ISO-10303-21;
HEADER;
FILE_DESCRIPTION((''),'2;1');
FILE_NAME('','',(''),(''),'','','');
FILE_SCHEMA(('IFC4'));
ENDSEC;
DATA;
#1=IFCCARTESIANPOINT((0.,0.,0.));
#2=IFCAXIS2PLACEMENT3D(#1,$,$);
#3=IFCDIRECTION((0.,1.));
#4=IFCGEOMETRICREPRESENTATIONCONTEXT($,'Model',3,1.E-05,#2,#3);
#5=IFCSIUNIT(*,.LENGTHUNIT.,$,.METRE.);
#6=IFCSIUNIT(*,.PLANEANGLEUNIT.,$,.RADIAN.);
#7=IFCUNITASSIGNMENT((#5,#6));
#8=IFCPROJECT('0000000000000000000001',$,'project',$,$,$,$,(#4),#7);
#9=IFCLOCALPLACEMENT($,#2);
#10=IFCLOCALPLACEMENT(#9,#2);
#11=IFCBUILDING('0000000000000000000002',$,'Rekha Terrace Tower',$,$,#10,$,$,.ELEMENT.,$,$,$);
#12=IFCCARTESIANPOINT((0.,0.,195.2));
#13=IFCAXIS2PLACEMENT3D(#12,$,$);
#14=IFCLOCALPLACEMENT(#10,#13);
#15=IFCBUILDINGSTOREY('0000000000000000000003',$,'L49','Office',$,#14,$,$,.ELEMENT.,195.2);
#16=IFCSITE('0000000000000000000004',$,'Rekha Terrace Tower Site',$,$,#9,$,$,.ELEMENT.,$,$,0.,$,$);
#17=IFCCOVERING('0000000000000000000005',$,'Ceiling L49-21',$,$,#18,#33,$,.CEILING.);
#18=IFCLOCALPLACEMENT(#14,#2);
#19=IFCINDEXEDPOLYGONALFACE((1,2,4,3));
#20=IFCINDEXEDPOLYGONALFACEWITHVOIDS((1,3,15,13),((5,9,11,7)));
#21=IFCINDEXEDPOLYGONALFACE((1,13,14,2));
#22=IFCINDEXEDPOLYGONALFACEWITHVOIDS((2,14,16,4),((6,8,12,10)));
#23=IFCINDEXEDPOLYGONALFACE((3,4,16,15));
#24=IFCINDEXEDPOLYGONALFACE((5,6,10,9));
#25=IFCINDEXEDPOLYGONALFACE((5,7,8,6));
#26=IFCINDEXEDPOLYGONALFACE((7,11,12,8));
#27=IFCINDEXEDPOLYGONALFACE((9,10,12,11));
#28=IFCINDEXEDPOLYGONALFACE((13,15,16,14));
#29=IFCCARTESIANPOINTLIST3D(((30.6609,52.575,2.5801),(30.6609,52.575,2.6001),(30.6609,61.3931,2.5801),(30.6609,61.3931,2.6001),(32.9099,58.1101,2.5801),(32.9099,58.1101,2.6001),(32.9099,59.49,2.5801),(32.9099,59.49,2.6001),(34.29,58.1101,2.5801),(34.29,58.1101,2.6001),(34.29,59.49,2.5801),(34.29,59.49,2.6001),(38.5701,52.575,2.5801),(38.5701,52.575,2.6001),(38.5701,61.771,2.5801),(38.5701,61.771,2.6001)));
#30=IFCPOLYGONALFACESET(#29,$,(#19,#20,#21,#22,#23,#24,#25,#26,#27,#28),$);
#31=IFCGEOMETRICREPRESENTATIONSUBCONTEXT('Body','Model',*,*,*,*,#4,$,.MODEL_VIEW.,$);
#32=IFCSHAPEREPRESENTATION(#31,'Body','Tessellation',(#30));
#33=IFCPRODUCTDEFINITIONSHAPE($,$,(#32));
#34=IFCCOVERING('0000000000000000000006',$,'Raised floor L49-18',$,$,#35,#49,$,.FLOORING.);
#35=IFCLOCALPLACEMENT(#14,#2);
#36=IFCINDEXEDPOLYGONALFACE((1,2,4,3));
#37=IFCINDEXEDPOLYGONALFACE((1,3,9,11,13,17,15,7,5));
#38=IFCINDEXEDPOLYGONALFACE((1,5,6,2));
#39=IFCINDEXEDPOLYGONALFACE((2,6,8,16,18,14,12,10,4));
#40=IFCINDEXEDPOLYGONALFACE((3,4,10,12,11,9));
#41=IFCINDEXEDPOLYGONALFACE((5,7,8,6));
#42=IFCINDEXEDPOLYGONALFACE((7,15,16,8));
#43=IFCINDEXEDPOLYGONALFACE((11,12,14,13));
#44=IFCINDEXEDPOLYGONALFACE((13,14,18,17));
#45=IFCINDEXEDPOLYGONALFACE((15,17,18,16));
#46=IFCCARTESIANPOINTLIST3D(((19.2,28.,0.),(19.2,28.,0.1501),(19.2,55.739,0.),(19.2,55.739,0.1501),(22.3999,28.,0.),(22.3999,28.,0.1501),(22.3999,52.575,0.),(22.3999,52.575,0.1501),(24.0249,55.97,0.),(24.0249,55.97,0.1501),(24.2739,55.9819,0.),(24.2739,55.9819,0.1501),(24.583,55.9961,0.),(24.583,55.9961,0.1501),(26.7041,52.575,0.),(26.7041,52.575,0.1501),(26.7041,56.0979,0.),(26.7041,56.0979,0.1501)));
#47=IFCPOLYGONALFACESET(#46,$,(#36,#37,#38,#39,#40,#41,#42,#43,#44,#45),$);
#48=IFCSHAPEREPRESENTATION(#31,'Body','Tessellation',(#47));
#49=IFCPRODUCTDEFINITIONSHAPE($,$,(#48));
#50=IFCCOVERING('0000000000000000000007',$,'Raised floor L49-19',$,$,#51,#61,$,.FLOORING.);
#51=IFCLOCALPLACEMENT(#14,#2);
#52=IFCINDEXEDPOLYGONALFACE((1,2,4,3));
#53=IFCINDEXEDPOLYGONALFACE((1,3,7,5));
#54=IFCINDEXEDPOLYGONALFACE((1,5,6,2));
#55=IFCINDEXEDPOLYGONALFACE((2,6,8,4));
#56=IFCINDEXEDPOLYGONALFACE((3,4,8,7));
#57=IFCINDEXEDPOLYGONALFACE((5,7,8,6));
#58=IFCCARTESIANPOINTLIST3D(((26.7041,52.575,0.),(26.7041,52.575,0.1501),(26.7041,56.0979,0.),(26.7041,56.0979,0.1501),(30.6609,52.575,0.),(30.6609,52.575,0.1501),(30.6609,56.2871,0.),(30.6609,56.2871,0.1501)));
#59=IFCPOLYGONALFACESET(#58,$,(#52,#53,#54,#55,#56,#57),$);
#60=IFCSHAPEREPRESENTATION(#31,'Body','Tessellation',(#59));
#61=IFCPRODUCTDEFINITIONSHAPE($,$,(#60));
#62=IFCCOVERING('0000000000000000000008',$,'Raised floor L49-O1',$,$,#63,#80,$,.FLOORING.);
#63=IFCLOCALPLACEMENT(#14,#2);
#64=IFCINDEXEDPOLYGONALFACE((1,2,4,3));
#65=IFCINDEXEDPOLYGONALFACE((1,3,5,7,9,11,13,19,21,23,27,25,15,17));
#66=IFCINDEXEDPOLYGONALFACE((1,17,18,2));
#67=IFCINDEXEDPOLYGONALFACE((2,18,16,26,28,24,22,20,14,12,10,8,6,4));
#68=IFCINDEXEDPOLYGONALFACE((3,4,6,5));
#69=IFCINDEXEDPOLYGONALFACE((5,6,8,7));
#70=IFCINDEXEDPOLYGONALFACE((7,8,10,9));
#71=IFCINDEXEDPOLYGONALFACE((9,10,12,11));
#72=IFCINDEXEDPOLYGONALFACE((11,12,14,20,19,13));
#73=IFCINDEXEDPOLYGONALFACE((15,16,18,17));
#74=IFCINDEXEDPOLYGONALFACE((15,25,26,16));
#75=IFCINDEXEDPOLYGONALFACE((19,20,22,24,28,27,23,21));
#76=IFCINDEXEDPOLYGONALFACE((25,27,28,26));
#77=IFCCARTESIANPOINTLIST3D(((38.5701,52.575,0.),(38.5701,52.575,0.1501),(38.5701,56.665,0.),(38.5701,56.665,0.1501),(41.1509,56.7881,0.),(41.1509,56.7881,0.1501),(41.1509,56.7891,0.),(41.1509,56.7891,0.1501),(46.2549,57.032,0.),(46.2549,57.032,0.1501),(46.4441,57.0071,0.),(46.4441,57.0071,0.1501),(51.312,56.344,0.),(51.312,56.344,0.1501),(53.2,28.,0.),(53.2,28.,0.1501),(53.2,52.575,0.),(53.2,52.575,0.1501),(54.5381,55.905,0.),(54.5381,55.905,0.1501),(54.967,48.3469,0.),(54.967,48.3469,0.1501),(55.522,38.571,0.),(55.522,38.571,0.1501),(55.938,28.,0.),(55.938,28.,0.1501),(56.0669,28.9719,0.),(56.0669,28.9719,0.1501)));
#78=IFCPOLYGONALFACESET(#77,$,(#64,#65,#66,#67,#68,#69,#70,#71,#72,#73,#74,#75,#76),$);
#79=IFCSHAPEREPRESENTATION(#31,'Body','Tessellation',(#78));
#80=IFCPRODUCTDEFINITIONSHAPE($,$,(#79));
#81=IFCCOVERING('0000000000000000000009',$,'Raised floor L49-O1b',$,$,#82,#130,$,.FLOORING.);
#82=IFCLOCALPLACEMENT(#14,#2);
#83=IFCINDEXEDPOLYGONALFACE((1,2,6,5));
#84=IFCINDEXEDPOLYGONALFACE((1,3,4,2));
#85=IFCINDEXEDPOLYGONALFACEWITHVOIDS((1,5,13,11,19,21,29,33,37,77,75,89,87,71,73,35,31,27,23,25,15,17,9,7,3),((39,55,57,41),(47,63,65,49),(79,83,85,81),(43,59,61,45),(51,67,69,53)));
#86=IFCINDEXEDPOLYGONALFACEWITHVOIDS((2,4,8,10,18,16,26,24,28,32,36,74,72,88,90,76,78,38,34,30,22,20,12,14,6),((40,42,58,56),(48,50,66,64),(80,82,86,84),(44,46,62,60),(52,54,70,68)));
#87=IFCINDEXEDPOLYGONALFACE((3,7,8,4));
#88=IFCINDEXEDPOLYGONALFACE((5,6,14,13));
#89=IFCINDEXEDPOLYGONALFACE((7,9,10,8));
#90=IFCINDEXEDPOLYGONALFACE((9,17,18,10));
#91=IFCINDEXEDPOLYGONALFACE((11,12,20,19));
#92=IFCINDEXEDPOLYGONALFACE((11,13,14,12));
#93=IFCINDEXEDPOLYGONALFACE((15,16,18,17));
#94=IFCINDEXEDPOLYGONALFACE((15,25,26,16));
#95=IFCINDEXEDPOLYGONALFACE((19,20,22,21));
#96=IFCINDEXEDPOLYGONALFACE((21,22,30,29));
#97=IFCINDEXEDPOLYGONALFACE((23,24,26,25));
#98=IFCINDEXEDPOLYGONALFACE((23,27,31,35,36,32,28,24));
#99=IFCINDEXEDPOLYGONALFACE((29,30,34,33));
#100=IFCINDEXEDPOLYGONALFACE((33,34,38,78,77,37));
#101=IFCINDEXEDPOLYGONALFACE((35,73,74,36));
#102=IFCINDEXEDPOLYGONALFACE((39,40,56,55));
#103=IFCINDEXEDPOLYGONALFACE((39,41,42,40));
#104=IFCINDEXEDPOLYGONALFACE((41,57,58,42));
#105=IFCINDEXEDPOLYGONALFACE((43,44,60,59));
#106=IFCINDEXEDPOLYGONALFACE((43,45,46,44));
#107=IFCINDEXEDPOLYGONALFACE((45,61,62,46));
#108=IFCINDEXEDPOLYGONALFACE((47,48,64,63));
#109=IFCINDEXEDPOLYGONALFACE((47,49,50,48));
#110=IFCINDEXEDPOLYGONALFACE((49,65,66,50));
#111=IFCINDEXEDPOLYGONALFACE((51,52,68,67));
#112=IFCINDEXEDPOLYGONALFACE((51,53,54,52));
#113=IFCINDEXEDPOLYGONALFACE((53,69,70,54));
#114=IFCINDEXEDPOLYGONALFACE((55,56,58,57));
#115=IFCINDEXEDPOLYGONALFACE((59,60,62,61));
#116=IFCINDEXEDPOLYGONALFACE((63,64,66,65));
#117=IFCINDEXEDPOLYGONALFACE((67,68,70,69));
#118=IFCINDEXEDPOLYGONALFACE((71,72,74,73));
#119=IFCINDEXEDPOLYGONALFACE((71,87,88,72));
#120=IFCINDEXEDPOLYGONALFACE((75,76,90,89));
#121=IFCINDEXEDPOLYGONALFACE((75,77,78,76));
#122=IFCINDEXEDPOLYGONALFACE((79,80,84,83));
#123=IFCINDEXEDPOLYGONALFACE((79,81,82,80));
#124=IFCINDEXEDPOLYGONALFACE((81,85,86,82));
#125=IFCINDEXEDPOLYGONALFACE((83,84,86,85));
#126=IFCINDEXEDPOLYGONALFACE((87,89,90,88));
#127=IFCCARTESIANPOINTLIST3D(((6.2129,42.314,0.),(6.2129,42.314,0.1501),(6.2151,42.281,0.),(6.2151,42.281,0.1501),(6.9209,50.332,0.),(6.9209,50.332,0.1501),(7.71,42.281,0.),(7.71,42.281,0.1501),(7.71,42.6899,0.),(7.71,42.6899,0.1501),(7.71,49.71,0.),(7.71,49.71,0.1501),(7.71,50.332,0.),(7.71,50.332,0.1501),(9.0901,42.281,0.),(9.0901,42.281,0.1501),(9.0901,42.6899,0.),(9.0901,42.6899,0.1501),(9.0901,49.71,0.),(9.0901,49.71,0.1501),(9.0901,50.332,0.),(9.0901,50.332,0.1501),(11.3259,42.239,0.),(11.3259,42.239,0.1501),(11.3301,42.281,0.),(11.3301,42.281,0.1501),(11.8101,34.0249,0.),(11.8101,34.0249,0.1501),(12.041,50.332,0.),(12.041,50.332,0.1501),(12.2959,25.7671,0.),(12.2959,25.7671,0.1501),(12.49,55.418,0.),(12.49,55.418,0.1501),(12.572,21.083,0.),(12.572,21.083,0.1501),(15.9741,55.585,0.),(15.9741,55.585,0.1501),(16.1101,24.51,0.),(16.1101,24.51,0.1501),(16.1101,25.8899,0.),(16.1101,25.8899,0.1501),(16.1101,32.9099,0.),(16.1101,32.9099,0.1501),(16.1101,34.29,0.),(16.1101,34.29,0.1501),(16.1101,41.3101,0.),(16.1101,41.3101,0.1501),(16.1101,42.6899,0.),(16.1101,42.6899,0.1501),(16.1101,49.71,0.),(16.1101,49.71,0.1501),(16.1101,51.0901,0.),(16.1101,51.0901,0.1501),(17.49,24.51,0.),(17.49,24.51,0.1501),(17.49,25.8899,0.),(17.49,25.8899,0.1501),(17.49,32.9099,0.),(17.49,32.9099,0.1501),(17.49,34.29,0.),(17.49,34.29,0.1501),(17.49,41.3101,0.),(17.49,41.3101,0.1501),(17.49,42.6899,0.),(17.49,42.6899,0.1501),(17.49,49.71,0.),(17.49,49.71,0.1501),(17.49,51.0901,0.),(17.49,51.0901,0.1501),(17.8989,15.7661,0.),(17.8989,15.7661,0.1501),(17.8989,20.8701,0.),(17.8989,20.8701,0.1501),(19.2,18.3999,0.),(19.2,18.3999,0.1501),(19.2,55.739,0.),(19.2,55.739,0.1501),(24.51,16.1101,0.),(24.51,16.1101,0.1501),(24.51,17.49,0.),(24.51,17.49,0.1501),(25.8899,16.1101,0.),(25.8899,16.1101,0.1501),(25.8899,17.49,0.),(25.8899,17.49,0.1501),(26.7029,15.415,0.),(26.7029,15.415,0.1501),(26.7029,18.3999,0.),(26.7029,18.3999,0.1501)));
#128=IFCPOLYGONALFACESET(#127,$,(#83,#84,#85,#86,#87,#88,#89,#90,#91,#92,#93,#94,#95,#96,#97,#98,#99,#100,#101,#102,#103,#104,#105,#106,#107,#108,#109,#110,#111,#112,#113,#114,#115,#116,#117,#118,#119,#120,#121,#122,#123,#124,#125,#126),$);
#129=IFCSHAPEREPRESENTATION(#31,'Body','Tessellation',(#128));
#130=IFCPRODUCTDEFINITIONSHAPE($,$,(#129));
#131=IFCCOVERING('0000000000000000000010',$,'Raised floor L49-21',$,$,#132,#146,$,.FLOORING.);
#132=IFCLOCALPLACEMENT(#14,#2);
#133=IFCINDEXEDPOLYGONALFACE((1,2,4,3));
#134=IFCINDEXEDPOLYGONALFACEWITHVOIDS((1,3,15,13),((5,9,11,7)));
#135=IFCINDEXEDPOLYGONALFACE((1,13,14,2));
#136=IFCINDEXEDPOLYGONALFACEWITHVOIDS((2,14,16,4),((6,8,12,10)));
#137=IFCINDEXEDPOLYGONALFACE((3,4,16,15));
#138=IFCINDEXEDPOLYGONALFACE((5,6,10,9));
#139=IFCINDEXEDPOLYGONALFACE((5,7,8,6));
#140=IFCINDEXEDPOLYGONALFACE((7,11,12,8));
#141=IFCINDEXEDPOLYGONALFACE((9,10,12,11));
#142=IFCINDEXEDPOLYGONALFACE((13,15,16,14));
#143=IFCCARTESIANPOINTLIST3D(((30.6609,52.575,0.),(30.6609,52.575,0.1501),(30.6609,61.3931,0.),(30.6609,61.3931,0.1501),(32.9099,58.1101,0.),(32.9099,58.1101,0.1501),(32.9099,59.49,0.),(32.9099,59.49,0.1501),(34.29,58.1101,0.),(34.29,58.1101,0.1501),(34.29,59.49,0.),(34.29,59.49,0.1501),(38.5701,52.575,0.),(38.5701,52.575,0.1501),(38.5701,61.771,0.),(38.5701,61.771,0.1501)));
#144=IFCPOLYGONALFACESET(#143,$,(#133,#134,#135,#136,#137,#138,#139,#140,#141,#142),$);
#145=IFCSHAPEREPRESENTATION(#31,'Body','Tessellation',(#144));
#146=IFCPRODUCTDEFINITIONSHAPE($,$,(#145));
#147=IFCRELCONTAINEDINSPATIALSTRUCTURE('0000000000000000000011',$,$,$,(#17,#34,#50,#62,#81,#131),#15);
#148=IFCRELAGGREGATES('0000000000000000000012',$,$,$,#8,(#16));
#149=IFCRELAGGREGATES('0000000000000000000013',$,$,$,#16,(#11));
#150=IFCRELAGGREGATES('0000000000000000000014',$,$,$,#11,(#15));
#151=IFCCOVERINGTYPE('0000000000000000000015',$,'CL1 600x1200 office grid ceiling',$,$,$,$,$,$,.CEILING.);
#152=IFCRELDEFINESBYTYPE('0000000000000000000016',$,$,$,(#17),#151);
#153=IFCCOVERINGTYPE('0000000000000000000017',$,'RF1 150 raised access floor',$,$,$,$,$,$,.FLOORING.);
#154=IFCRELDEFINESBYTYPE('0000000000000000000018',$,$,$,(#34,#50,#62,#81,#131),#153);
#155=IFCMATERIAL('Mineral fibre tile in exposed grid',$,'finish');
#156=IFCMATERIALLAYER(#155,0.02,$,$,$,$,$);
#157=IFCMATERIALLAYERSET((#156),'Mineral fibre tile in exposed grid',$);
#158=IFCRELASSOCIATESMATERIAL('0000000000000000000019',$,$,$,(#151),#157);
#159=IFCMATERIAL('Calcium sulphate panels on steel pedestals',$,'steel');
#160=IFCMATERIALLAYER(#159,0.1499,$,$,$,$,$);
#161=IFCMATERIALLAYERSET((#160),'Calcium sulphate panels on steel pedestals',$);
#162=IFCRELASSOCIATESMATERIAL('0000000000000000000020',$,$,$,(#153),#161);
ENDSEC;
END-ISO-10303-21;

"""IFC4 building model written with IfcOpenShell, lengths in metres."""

from ifc_helpers import new_model, si_unit, direction, frame, origin, place, context, subcontext, project, spatial, polyline, outline, extrude, material, layer, layer_set, type_object, element, save


model = new_model("IFC4")

# Units and contexts
model_context = context("Model", 3, precision=1e-05, world=origin(), true_north=direction((0.0, 1.0)))
body_context = subcontext(model_context, "Body", "Model", "MODEL_VIEW")
ifc_project = project(units=[si_unit("LENGTHUNIT", "METRE"), si_unit("PLANEANGLEUNIT", "RADIAN")], contexts=[model_context])

# Site, building, storey
site_placement = place(None, origin())
site = spatial("IfcSite", under=ifc_project, at=site_placement, Name="Rekha Terrace Tower Site", CompositionType="ELEMENT", RefElevation=0.0)
building_placement = place(site_placement, origin())
building = spatial("IfcBuilding", under=site, at=building_placement, Name="Rekha Terrace Tower", CompositionType="ELEMENT")
storey_placement = place(building_placement, frame((0.0, 0.0, 195.2)))
storey = spatial("IfcBuildingStorey", under=building, at=storey_placement, Name="L49", Description="Office", CompositionType="ELEMENT", Elevation=195.2)

# Coverings
ifc_material_1 = material(Name="Mineral fibre tile in exposed grid", Category="finish")
ifc_layer_1 = layer(ifc_material_1, 0.02)
ifc_layer_set_1 = layer_set([ifc_layer_1], Name="Mineral fibre tile in exposed grid")
covering_type_1 = type_object("IfcCoveringType", Name="CL1 600x1200 office grid ceiling", PredefinedType="CEILING", material=ifc_layer_set_1)
covering_1_placement = place(storey_placement, frame((0.0, 0.0, 2.5801)))
element("IfcCovering", 1, at=covering_1_placement, inside=storey, type_object=covering_type_1, Name="Ceiling L49-21", PredefinedType="CEILING", context=body_context, shape_type="SweptSolid", body=[
    extrude(outline(polyline([(38.5701, 52.575), (38.5701, 61.771), (30.6609, 61.3931), (30.6609, 52.575), (38.5701, 52.575)]), holes=[polyline([(34.29, 58.1101), (32.9099, 58.1101), (32.9099, 59.49), (34.29, 59.49), (34.29, 58.1101)])]), origin(), (0.0, 0.0, 1.0), 0.02),
])
ifc_material_2 = material(Name="Calcium sulphate panels on steel pedestals", Category="steel")
ifc_layer_2 = layer(ifc_material_2, 0.1499)
ifc_layer_set_2 = layer_set([ifc_layer_2], Name="Calcium sulphate panels on steel pedestals")
covering_type_2 = type_object("IfcCoveringType", Name="RF1 150 raised access floor", PredefinedType="FLOORING", material=ifc_layer_set_2)
covering_2_placement = place(storey_placement, origin())
element("IfcCovering", 2, at=covering_2_placement, inside=storey, type_object=covering_type_2, Name="Raised floor L49-18", PredefinedType="FLOORING", context=body_context, shape_type="SweptSolid", body=[
    extrude(outline(polyline([(26.7041, 56.0979), (24.583, 55.9961), (24.2739, 55.9819), (24.0249, 55.97), (19.2, 55.739), (19.2, 28.0), (22.3999, 28.0), (22.3999, 52.575), (26.7041, 52.575), (26.7041, 56.0979)])), origin(), (0.0, 0.0, 1.0), 0.1501),
])
covering_3_placement = place(storey_placement, origin())
element("IfcCovering", 3, at=covering_3_placement, inside=storey, type_object=covering_type_2, Name="Raised floor L49-19", PredefinedType="FLOORING", context=body_context, shape_type="SweptSolid", body=[
    extrude(outline(polyline([(30.6609, 52.575), (30.6609, 56.2871), (26.7041, 56.0979), (26.7041, 52.575), (30.6609, 52.575)])), origin(), (0.0, 0.0, 1.0), 0.1501),
])
covering_4_placement = place(storey_placement, origin())
element("IfcCovering", 4, at=covering_4_placement, inside=storey, type_object=covering_type_2, Name="Raised floor L49-O1", PredefinedType="FLOORING", context=body_context, shape_type="SweptSolid", body=[
    extrude(outline(polyline([(41.1509, 56.7891), (41.1509, 56.7881), (38.5701, 56.665), (38.5701, 52.575), (53.2, 52.575), (53.2, 28.0), (55.938, 28.0), (56.0669, 28.9719), (55.522, 38.571), (54.967, 48.3469), (54.5381, 55.905), (51.312, 56.344), (46.4441, 57.0071), (46.2549, 57.032), (41.1509, 56.7891)])), origin(), (0.0, 0.0, 1.0), 0.1501),
])
covering_5_placement = place(storey_placement, origin())
element("IfcCovering", 5, at=covering_5_placement, inside=storey, type_object=covering_type_2, Name="Raised floor L49-O1b", PredefinedType="FLOORING", context=body_context, shape_type="SweptSolid", body=[
    extrude(outline(polyline([(11.8101, 34.0249), (12.2959, 25.7671), (12.572, 21.083), (17.8989, 20.8701), (17.8989, 15.7661), (26.7029, 15.415), (26.7029, 18.3999), (19.2, 18.3999), (19.2, 55.739), (15.9741, 55.585), (12.49, 55.418), (12.041, 50.332), (9.0901, 50.332), (9.0901, 49.71), (7.71, 49.71), (7.71, 50.332), (6.9209, 50.332), (6.2129, 42.314), (6.2151, 42.281), (7.71, 42.281), (7.71, 42.6899), (9.0901, 42.6899), (9.0901, 42.281), (11.3301, 42.281), (11.3259, 42.239), (11.8101, 34.0249)]), holes=[polyline([(25.8899, 17.49), (25.8899, 16.1101), (24.51, 16.1101), (24.51, 17.49), (25.8899, 17.49)]), polyline([(17.49, 24.51), (16.1101, 24.51), (16.1101, 25.8899), (17.49, 25.8899), (17.49, 24.51)]), polyline([(17.49, 32.9099), (16.1101, 32.9099), (16.1101, 34.29), (17.49, 34.29), (17.49, 32.9099)]), polyline([(17.49, 42.6899), (17.49, 41.3101), (16.1101, 41.3101), (16.1101, 42.6899), (17.49, 42.6899)]), polyline([(17.49, 51.0901), (17.49, 49.71), (16.1101, 49.71), (16.1101, 51.0901), (17.49, 51.0901)])]), origin(), (0.0, 0.0, 1.0), 0.1501),
])
covering_6_placement = place(storey_placement, origin())
element("IfcCovering", 6, at=covering_6_placement, inside=storey, type_object=covering_type_2, Name="Raised floor L49-21", PredefinedType="FLOORING", context=body_context, shape_type="SweptSolid", body=[
    extrude(outline(polyline([(38.5701, 52.575), (38.5701, 61.771), (30.6609, 61.3931), (30.6609, 52.575), (38.5701, 52.575)]), holes=[polyline([(34.29, 58.1101), (32.9099, 58.1101), (32.9099, 59.49), (34.29, 59.49), (34.29, 58.1101)])]), origin(), (0.0, 0.0, 1.0), 0.1501),
])

save(model, "model.ifc")
